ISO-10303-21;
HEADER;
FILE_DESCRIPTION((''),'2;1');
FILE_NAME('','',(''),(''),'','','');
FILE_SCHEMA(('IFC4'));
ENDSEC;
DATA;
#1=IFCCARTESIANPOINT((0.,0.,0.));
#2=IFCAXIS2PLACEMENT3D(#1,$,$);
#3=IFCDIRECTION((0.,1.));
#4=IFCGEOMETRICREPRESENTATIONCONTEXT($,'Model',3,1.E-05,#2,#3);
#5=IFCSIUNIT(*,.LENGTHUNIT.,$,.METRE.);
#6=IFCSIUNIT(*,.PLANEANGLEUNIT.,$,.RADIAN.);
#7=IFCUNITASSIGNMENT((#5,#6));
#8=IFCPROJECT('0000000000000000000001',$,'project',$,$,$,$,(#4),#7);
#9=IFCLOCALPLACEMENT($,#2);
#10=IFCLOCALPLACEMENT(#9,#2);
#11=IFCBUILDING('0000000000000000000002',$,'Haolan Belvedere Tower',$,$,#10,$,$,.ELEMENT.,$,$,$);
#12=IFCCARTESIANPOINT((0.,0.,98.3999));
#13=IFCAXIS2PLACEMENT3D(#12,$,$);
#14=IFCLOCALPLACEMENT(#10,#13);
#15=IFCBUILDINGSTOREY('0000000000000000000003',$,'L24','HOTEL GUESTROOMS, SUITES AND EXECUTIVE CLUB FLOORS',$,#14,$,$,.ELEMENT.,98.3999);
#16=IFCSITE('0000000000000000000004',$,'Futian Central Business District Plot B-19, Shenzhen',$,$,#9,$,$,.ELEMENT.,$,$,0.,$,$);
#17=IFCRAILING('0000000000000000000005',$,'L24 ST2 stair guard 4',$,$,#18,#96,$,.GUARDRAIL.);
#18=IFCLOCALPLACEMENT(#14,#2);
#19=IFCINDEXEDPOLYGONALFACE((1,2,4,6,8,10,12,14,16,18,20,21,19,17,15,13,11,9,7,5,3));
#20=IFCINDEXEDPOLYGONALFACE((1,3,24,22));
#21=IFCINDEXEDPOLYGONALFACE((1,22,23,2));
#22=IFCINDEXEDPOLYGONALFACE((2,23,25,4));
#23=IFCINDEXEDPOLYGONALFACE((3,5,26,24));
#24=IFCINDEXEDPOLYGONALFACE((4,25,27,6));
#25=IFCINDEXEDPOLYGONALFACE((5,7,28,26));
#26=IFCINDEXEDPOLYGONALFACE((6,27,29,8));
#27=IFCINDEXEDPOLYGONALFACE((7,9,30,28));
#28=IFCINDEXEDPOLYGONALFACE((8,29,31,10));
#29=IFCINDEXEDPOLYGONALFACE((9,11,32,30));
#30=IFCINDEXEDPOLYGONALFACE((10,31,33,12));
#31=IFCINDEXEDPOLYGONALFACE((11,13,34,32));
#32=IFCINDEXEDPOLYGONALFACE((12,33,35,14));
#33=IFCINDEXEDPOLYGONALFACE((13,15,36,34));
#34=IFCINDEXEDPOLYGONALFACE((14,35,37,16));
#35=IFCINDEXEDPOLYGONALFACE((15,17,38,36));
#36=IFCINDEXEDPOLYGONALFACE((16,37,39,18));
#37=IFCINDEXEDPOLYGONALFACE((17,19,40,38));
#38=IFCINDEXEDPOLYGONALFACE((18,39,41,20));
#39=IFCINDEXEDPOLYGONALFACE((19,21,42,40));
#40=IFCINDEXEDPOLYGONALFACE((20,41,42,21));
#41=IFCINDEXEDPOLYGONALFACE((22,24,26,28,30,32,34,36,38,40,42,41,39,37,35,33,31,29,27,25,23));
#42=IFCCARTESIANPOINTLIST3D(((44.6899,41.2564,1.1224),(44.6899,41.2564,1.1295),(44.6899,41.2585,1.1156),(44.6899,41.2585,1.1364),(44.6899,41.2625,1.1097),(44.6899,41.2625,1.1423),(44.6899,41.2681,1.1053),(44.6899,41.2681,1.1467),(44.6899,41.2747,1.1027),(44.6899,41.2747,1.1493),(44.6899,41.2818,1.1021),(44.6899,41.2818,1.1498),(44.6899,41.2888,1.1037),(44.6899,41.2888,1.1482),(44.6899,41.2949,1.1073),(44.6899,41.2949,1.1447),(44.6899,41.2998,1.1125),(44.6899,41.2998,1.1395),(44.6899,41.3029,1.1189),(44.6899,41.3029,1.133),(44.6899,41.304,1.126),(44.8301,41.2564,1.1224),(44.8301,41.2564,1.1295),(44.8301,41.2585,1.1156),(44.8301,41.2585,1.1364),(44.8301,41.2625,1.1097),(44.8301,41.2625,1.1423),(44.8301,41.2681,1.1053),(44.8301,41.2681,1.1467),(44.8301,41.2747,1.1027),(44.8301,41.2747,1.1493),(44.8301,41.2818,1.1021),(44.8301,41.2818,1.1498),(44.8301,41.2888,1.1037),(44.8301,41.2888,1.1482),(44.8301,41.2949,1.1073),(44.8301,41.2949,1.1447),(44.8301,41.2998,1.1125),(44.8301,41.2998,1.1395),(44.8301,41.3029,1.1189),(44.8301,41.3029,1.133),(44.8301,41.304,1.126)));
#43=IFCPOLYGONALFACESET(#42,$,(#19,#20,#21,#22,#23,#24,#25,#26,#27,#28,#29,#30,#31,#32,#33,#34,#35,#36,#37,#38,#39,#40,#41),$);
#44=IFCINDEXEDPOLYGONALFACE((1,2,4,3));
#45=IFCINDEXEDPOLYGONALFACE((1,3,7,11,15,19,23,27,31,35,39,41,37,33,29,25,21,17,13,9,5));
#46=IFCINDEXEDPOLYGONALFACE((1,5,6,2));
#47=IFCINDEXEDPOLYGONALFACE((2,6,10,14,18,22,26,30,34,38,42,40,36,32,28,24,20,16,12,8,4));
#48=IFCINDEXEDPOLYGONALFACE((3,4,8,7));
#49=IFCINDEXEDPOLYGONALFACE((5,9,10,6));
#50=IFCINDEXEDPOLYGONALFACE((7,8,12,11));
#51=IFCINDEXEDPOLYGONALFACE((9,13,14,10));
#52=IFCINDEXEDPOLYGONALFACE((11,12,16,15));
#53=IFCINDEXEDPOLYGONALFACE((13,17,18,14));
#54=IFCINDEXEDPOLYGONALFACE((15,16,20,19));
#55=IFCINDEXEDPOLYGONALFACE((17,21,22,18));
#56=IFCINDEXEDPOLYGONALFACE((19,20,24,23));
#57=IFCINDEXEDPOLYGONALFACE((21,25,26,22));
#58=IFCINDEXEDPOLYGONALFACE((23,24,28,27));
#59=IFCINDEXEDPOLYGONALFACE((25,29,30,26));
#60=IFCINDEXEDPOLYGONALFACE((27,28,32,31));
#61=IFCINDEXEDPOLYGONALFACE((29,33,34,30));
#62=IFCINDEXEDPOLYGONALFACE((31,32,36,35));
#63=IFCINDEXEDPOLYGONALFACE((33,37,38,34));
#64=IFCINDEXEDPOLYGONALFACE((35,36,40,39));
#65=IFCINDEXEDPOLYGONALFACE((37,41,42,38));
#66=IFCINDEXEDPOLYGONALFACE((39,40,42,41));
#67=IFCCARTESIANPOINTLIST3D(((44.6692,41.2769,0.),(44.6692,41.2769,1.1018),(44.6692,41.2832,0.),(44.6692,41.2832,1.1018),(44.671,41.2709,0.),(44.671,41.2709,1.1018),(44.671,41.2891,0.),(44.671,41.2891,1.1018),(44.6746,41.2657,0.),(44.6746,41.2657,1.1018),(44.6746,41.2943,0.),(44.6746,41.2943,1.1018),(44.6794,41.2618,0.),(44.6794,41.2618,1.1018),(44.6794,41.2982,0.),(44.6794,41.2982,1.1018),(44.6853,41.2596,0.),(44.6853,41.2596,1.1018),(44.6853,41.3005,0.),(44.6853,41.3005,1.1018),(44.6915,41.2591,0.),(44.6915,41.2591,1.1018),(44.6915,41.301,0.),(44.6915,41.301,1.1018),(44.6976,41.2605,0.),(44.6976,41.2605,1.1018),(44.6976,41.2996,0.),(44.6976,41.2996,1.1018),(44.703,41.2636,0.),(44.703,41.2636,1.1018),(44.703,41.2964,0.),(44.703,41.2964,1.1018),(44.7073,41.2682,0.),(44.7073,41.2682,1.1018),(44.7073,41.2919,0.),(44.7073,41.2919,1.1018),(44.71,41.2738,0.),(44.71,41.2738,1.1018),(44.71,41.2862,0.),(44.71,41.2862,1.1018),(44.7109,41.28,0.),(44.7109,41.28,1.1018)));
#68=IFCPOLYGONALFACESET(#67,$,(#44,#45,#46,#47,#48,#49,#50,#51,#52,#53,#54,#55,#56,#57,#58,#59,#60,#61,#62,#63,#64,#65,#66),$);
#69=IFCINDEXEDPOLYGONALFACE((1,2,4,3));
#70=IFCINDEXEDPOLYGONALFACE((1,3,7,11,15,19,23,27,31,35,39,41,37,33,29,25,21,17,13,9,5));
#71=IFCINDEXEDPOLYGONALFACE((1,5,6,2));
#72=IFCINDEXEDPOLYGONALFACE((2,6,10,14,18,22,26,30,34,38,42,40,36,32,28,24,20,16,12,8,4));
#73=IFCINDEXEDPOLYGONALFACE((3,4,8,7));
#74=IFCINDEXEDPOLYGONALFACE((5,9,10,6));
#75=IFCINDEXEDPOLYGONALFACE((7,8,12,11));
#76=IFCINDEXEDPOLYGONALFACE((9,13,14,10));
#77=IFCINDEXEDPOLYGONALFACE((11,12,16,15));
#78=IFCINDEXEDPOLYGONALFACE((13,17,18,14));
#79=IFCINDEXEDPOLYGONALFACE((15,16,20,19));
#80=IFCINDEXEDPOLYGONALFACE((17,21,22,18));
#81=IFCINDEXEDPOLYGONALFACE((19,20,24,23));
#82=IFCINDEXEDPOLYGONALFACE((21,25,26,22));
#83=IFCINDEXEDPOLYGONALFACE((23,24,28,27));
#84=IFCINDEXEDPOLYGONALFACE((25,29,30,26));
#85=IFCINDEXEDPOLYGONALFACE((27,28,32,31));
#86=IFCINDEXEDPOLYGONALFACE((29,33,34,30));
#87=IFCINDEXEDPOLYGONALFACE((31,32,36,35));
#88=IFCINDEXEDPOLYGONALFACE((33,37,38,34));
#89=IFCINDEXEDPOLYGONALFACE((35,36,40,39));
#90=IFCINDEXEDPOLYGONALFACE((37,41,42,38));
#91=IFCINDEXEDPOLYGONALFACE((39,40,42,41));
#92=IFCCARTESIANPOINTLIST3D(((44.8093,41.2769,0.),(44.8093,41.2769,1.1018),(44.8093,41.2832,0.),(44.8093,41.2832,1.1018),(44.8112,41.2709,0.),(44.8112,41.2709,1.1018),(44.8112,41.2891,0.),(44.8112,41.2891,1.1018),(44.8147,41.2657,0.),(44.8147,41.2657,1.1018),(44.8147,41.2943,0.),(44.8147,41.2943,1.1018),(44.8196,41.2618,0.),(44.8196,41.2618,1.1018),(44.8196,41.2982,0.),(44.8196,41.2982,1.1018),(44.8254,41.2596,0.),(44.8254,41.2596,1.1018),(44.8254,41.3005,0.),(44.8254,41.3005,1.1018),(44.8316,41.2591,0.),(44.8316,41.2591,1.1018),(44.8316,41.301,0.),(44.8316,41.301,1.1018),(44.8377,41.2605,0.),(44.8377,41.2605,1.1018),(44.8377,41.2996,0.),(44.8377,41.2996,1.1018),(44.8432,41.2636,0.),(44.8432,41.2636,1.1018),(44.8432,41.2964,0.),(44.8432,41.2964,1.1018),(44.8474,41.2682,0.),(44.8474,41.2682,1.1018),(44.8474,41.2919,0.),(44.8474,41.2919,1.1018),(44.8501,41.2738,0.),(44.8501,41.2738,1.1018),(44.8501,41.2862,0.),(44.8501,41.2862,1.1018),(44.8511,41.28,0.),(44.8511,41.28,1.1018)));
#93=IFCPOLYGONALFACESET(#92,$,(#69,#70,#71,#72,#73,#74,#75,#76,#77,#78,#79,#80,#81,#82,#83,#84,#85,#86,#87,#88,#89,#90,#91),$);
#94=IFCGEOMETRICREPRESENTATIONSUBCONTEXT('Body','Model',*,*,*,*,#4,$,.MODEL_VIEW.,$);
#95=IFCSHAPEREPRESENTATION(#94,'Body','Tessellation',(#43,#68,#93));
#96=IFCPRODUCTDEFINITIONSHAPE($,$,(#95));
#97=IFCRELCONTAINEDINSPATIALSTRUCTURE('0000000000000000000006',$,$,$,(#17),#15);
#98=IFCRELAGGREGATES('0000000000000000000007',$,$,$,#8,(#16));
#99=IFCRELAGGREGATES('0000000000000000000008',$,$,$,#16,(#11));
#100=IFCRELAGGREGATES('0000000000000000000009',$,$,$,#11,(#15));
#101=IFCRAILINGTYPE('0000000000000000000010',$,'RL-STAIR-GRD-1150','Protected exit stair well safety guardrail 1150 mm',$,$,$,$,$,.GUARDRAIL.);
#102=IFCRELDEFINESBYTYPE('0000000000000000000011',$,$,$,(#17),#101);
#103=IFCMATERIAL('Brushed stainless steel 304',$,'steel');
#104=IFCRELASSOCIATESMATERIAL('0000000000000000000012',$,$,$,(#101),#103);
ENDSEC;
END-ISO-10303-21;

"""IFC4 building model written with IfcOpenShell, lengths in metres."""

from ifc_helpers import new_model, si_unit, direction, frame, origin, origin_2d, place, context, subcontext, project, spatial, circle, extrude, material, type_object, element, save


model = new_model("IFC4")

# Units and contexts
model_context = context("Model", 3, precision=1e-05, world=origin(), true_north=direction((0.0, 1.0)))
body_context = subcontext(model_context, "Body", "Model", "MODEL_VIEW")
ifc_project = project(units=[si_unit("LENGTHUNIT", "METRE"), si_unit("PLANEANGLEUNIT", "RADIAN")], contexts=[model_context])

# Site, building, storey
site_placement = place(None, origin())
site = spatial("IfcSite", under=ifc_project, at=site_placement, Name="Futian Central Business District Plot B-19, Shenzhen", CompositionType="ELEMENT", RefElevation=0.0)
building_placement = place(site_placement, origin())
building = spatial("IfcBuilding", under=site, at=building_placement, Name="Haolan Belvedere Tower", CompositionType="ELEMENT")
storey_placement = place(building_placement, frame((0.0, 0.0, 98.3999)))
storey = spatial("IfcBuildingStorey", under=building, at=storey_placement, Name="L24", Description="HOTEL GUESTROOMS, SUITES AND EXECUTIVE CLUB FLOORS", CompositionType="ELEMENT", Elevation=98.3999)

# Railing
ifc_material_1 = material(Name="Brushed stainless steel 304", Category="steel")
railing_type_1 = type_object("IfcRailingType", Name="RL-STAIR-GRD-1150", Description="Protected exit stair well safety guardrail 1150 mm", PredefinedType="GUARDRAIL", material=ifc_material_1)
railing_1_placement = place(storey_placement, frame((44.6899, 41.28, 0.0)))
element("IfcRailing", 1, at=railing_1_placement, inside=storey, type_object=railing_type_1, Name="L24 ST2 stair guard 4", PredefinedType="GUARDRAIL", context=body_context, shape_type="SweptSolid", body=[
    extrude(circle(Radius=0.0239, at=origin_2d()), frame((0.0, 0.0, 1.126), z_axis=(1.0, 0.0, 0.0), x_axis=(0.0, 1.0, 0.0)), (0.0, 0.0, 1.0), 0.1401),
    extrude(circle(Radius=0.021, at=origin_2d()), origin(), (0.0, 0.0, 1.0), 1.1018),
    extrude(circle(Radius=0.021, at=origin_2d()), frame((0.1401, 0.0, 0.0)), (0.0, 0.0, 1.0), 1.1018),
])

save(model, "model.ifc")
